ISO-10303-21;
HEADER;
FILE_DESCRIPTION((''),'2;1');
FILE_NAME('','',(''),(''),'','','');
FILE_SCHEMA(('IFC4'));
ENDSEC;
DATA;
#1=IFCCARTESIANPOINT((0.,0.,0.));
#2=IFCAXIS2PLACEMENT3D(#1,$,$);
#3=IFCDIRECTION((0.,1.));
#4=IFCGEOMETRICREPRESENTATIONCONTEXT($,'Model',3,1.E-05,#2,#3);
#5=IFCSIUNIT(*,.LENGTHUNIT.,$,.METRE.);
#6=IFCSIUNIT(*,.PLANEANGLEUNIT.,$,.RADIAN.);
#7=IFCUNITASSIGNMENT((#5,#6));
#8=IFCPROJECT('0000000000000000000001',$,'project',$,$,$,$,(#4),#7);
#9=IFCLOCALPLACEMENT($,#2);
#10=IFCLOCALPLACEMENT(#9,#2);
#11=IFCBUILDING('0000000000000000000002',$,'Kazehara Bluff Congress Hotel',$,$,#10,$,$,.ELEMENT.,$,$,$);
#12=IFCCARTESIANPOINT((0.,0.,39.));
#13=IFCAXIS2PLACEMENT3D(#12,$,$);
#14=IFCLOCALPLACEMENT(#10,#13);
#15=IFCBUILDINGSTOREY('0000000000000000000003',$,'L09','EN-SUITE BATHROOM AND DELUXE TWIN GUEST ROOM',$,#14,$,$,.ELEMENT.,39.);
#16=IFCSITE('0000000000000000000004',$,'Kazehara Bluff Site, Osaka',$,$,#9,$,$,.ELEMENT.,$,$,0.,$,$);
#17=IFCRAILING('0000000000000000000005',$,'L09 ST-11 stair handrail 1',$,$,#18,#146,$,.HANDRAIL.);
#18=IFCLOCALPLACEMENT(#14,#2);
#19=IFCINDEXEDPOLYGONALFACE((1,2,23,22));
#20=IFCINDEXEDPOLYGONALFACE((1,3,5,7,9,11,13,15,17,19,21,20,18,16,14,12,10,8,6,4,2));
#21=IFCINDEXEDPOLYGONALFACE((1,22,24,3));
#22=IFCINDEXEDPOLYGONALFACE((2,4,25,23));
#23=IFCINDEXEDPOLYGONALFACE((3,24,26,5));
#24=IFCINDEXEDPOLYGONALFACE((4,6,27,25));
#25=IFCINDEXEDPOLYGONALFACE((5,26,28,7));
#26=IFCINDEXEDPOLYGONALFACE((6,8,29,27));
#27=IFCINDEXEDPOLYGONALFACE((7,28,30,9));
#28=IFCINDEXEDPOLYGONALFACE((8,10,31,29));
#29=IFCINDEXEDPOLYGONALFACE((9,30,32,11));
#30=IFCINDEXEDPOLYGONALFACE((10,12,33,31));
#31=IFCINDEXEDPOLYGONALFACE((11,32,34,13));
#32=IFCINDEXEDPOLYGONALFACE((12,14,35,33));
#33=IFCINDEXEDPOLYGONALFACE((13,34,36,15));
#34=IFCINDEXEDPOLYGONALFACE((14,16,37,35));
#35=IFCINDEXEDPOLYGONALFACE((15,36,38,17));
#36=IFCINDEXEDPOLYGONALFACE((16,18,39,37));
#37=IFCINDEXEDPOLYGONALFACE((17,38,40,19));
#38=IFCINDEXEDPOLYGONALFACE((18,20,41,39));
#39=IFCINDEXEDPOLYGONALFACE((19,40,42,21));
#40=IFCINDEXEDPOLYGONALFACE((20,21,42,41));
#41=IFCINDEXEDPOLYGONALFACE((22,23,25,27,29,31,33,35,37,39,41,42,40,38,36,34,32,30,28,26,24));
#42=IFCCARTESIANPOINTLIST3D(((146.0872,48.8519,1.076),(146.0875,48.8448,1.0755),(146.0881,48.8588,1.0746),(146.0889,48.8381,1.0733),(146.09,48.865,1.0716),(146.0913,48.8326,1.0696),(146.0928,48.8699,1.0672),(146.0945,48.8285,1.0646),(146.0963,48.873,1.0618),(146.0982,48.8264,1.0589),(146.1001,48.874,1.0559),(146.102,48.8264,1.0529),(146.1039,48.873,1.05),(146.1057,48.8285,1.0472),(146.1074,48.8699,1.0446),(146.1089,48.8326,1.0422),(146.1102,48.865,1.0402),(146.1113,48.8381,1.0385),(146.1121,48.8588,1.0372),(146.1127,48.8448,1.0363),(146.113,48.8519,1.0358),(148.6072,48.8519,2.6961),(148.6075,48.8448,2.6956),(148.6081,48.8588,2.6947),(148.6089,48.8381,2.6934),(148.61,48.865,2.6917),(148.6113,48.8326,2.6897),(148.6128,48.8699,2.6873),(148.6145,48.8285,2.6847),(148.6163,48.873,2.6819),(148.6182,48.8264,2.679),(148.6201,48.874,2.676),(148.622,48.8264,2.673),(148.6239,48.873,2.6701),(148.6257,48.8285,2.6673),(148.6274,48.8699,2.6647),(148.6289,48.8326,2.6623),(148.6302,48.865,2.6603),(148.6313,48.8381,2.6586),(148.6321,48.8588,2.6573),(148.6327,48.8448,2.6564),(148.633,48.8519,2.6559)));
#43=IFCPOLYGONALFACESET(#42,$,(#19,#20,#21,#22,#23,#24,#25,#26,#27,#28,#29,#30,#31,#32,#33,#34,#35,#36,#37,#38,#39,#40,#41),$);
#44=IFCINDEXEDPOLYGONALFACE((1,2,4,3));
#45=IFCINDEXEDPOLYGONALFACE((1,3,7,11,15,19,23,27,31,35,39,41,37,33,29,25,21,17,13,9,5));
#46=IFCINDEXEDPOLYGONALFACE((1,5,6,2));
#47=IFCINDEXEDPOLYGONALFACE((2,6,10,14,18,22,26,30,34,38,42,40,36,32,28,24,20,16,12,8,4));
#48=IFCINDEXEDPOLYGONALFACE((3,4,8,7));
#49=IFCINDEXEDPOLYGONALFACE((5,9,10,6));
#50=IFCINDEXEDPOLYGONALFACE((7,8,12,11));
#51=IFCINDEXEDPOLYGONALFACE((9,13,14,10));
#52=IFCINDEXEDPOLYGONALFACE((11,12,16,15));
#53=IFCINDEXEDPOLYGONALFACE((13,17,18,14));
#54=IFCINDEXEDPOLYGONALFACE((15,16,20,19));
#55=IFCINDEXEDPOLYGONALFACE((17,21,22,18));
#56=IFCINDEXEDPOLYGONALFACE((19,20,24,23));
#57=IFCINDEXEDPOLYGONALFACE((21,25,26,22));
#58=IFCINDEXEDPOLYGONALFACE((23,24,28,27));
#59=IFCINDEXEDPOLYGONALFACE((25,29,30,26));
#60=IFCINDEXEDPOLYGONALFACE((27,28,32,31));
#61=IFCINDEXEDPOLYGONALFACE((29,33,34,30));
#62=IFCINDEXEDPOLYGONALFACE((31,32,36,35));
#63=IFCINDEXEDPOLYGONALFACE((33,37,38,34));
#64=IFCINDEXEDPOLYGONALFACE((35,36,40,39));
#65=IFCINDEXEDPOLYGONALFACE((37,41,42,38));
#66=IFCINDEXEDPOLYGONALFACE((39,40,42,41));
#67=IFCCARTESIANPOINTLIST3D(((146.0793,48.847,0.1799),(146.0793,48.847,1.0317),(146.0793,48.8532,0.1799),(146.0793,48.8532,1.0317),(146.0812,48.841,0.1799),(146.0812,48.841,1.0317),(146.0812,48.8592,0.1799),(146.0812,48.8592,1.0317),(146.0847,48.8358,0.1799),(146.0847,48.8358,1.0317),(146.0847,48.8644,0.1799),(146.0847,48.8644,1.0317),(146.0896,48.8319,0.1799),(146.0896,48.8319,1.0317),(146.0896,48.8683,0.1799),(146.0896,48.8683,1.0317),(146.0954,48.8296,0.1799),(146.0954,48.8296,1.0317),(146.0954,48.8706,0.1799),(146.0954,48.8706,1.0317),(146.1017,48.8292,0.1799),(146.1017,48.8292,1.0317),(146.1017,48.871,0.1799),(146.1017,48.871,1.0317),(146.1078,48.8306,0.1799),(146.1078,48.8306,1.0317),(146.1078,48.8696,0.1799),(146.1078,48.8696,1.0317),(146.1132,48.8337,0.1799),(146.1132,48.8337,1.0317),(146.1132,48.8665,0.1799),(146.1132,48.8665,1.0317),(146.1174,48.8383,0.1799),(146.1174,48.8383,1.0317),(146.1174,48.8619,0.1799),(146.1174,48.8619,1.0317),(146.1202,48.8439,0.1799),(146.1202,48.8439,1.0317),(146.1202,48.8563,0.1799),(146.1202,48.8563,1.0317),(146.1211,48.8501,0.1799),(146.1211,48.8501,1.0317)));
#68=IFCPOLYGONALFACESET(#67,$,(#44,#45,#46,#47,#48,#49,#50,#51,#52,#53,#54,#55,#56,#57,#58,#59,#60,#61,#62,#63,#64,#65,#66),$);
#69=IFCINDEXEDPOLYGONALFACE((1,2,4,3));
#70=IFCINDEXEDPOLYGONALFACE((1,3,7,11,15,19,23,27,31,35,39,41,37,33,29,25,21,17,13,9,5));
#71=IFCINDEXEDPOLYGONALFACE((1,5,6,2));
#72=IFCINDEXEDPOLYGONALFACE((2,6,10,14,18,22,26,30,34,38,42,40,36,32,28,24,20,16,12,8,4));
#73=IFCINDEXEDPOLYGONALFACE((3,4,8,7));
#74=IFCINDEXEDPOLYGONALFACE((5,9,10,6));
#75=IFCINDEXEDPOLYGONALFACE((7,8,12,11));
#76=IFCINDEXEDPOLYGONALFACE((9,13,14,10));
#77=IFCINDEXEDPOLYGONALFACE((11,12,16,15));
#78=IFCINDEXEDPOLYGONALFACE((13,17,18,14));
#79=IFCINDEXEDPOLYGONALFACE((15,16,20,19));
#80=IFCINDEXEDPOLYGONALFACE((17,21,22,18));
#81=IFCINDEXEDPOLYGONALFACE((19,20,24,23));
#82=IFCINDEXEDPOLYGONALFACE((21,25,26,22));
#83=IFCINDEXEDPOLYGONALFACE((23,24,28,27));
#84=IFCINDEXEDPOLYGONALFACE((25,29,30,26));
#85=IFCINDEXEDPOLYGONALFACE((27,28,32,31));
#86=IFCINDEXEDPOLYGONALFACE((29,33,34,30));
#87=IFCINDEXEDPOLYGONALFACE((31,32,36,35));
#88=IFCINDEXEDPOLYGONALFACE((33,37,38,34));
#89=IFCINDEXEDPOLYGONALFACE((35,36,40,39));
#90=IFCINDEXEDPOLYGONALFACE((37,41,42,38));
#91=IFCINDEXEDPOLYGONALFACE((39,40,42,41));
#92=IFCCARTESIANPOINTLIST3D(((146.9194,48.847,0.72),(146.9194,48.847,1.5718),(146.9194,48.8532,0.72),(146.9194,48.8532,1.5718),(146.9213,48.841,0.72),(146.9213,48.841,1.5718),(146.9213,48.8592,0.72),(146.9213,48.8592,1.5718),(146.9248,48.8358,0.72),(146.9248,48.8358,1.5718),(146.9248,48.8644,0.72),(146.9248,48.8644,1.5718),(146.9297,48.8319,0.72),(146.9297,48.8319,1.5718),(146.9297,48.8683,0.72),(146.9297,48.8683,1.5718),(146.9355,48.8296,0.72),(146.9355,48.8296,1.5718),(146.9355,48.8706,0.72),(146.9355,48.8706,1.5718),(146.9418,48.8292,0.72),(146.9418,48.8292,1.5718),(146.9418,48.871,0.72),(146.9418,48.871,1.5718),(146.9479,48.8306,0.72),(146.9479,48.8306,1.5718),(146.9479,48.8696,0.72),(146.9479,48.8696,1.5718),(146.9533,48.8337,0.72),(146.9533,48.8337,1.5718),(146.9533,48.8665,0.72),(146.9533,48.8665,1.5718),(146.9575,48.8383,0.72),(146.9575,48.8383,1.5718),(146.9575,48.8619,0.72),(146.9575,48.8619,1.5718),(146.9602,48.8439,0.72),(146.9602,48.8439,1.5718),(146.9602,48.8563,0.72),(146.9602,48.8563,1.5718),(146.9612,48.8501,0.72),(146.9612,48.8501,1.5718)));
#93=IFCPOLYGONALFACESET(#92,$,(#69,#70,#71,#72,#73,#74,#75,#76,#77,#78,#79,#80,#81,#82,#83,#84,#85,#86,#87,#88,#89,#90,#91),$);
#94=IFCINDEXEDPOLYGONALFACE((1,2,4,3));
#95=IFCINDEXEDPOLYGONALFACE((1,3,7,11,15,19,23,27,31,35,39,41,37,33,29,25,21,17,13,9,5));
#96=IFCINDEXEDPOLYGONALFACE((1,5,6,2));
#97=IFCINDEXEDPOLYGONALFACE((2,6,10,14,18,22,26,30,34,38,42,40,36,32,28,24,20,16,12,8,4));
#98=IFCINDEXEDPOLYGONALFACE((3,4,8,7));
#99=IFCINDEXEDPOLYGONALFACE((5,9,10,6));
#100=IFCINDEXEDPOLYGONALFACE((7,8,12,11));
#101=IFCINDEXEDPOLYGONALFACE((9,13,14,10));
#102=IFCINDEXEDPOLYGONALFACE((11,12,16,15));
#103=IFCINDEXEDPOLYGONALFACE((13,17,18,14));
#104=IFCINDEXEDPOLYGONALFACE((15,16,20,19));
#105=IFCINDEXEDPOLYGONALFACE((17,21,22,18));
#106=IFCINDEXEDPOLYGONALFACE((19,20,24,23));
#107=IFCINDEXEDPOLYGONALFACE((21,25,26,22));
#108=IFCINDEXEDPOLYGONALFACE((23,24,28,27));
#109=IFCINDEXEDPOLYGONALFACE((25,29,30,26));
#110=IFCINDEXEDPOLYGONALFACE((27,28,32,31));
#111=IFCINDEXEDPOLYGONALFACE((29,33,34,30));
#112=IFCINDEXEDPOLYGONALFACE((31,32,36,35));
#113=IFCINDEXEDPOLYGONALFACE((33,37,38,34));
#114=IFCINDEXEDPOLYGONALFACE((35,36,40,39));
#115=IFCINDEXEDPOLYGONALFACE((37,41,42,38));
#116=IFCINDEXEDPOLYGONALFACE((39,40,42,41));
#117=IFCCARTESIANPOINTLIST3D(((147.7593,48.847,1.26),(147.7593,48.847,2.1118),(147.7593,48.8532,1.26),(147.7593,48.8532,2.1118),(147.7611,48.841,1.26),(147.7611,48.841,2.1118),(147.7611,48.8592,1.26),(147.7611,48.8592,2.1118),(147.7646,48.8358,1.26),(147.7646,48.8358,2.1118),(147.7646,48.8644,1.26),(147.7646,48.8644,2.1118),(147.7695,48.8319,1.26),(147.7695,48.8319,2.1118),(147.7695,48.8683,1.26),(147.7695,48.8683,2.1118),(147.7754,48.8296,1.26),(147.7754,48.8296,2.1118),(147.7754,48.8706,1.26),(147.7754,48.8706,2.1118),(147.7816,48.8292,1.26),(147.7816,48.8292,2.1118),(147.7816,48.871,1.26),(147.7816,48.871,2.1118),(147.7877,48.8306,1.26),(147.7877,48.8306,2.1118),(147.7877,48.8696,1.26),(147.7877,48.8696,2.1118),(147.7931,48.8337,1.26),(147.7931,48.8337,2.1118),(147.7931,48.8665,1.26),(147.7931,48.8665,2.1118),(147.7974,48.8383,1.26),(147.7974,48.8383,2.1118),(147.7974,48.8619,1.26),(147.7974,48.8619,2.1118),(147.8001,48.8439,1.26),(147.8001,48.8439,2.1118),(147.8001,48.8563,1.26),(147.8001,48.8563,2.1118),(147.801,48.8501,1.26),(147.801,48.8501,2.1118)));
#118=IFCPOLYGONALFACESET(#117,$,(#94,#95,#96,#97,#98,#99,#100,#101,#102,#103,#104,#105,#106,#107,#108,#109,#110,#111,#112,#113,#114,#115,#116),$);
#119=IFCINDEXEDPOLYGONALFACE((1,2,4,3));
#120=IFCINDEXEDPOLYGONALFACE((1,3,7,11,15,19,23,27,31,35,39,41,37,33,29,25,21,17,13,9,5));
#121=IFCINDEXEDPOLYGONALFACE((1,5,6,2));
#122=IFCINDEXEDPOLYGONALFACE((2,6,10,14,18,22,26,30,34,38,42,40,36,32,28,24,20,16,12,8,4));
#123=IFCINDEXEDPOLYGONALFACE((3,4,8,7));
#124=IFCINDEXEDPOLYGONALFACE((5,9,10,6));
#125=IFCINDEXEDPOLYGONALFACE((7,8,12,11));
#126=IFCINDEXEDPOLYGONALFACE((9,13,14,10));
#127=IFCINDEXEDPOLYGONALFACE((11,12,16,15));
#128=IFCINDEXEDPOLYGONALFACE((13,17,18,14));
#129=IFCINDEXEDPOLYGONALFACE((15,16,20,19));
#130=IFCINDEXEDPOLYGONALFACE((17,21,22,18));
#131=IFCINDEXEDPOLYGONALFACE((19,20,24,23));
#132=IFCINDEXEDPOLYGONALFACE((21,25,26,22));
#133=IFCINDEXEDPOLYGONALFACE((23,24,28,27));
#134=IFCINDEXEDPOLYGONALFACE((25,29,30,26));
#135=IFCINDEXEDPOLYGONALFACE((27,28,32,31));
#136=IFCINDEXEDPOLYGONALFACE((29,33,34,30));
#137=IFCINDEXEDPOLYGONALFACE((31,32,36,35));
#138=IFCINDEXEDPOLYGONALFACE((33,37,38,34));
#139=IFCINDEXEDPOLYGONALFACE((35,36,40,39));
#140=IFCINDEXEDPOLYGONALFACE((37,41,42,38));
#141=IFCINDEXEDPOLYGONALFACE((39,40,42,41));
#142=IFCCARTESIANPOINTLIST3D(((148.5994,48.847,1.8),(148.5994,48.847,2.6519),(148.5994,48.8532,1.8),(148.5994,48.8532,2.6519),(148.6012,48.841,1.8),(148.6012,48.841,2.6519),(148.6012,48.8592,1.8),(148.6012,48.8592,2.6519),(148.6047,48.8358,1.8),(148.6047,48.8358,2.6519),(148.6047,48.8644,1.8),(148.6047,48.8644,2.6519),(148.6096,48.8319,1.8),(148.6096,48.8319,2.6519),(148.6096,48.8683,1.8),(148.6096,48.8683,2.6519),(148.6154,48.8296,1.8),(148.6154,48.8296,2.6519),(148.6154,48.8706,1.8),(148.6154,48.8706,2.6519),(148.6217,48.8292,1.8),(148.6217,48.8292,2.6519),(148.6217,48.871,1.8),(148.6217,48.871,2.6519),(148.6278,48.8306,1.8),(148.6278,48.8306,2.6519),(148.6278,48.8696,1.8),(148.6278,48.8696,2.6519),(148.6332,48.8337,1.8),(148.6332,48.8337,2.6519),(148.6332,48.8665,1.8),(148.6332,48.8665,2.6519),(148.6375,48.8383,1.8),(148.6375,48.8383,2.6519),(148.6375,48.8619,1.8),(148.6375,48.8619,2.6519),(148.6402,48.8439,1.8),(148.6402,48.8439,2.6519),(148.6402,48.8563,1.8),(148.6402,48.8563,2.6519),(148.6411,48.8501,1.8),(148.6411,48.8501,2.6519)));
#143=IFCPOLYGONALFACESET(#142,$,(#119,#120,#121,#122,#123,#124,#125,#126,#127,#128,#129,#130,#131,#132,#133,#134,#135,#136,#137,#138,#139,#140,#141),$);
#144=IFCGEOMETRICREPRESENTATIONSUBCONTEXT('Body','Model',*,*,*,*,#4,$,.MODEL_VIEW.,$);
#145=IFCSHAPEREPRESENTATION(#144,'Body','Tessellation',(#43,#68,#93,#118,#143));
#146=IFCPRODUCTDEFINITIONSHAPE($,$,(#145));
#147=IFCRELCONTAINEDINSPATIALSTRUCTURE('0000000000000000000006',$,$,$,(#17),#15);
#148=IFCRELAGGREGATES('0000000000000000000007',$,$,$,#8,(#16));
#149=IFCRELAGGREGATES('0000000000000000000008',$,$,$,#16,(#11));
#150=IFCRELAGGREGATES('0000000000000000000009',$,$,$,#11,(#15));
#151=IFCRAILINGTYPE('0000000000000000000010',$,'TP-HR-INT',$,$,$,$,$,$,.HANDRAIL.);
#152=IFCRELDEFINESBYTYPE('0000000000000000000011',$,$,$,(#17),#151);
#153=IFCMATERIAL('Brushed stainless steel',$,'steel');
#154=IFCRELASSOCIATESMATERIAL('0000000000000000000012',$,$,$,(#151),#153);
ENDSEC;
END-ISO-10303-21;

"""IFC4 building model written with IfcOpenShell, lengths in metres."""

from ifc_helpers import new_model, si_unit, direction, frame, origin, origin_2d, place, context, subcontext, project, spatial, circle, extrude, material, type_object, element, save


model = new_model("IFC4")

# Units and contexts
model_context = context("Model", 3, precision=1e-05, world=origin(), true_north=direction((0.0, 1.0)))
body_context = subcontext(model_context, "Body", "Model", "MODEL_VIEW")
ifc_project = project(units=[si_unit("LENGTHUNIT", "METRE"), si_unit("PLANEANGLEUNIT", "RADIAN")], contexts=[model_context])

# Site, building, storey
site_placement = place(None, origin())
site = spatial("IfcSite", under=ifc_project, at=site_placement, Name="Kazehara Bluff Site, Osaka", CompositionType="ELEMENT", RefElevation=0.0)
building_placement = place(site_placement, origin())
building = spatial("IfcBuilding", under=site, at=building_placement, Name="Kazehara Bluff Congress Hotel", CompositionType="ELEMENT")
storey_placement = place(building_placement, frame((0.0, 0.0, 39.0)))
storey = spatial("IfcBuildingStorey", under=building, at=storey_placement, Name="L09", Description="EN-SUITE BATHROOM AND DELUXE TWIN GUEST ROOM", CompositionType="ELEMENT", Elevation=39.0)

# Railing
ifc_material_1 = material(Name="Brushed stainless steel", Category="steel")
railing_type_1 = type_object("IfcRailingType", Name="TP-HR-INT", PredefinedType="HANDRAIL", material=ifc_material_1)
railing_1_placement = place(storey_placement, frame((146.1001, 48.8501, 0.1799)))
element("IfcRailing", 1, at=railing_1_placement, inside=storey, type_object=railing_type_1, Name="L09 ST-11 stair handrail 1", PredefinedType="HANDRAIL", context=body_context, shape_type="SweptSolid", body=[
    extrude(circle(Radius=0.0239, at=origin_2d()), frame((0.0, 0.0, 0.876), z_axis=(0.841163, 0.0, 0.540782), x_axis=(0.0, 1.0, 0.0)), (0.0, 0.0, 1.0), 2.9958),
    extrude(circle(Radius=0.021, at=origin_2d()), origin(), (0.0, 0.0, 1.0), 0.8518),
    extrude(circle(Radius=0.021, at=origin_2d()), frame((0.8401, 0.0, 0.54)), (0.0, 0.0, 1.0), 0.8518),
    extrude(circle(Radius=0.021, at=origin_2d()), frame((1.6799, 0.0, 1.0801)), (0.0, 0.0, 1.0), 0.8518),
    extrude(circle(Radius=0.021, at=origin_2d()), frame((2.52, 0.0, 1.6201)), (0.0, 0.0, 1.0), 0.8518),
])

save(model, "model.ifc")
